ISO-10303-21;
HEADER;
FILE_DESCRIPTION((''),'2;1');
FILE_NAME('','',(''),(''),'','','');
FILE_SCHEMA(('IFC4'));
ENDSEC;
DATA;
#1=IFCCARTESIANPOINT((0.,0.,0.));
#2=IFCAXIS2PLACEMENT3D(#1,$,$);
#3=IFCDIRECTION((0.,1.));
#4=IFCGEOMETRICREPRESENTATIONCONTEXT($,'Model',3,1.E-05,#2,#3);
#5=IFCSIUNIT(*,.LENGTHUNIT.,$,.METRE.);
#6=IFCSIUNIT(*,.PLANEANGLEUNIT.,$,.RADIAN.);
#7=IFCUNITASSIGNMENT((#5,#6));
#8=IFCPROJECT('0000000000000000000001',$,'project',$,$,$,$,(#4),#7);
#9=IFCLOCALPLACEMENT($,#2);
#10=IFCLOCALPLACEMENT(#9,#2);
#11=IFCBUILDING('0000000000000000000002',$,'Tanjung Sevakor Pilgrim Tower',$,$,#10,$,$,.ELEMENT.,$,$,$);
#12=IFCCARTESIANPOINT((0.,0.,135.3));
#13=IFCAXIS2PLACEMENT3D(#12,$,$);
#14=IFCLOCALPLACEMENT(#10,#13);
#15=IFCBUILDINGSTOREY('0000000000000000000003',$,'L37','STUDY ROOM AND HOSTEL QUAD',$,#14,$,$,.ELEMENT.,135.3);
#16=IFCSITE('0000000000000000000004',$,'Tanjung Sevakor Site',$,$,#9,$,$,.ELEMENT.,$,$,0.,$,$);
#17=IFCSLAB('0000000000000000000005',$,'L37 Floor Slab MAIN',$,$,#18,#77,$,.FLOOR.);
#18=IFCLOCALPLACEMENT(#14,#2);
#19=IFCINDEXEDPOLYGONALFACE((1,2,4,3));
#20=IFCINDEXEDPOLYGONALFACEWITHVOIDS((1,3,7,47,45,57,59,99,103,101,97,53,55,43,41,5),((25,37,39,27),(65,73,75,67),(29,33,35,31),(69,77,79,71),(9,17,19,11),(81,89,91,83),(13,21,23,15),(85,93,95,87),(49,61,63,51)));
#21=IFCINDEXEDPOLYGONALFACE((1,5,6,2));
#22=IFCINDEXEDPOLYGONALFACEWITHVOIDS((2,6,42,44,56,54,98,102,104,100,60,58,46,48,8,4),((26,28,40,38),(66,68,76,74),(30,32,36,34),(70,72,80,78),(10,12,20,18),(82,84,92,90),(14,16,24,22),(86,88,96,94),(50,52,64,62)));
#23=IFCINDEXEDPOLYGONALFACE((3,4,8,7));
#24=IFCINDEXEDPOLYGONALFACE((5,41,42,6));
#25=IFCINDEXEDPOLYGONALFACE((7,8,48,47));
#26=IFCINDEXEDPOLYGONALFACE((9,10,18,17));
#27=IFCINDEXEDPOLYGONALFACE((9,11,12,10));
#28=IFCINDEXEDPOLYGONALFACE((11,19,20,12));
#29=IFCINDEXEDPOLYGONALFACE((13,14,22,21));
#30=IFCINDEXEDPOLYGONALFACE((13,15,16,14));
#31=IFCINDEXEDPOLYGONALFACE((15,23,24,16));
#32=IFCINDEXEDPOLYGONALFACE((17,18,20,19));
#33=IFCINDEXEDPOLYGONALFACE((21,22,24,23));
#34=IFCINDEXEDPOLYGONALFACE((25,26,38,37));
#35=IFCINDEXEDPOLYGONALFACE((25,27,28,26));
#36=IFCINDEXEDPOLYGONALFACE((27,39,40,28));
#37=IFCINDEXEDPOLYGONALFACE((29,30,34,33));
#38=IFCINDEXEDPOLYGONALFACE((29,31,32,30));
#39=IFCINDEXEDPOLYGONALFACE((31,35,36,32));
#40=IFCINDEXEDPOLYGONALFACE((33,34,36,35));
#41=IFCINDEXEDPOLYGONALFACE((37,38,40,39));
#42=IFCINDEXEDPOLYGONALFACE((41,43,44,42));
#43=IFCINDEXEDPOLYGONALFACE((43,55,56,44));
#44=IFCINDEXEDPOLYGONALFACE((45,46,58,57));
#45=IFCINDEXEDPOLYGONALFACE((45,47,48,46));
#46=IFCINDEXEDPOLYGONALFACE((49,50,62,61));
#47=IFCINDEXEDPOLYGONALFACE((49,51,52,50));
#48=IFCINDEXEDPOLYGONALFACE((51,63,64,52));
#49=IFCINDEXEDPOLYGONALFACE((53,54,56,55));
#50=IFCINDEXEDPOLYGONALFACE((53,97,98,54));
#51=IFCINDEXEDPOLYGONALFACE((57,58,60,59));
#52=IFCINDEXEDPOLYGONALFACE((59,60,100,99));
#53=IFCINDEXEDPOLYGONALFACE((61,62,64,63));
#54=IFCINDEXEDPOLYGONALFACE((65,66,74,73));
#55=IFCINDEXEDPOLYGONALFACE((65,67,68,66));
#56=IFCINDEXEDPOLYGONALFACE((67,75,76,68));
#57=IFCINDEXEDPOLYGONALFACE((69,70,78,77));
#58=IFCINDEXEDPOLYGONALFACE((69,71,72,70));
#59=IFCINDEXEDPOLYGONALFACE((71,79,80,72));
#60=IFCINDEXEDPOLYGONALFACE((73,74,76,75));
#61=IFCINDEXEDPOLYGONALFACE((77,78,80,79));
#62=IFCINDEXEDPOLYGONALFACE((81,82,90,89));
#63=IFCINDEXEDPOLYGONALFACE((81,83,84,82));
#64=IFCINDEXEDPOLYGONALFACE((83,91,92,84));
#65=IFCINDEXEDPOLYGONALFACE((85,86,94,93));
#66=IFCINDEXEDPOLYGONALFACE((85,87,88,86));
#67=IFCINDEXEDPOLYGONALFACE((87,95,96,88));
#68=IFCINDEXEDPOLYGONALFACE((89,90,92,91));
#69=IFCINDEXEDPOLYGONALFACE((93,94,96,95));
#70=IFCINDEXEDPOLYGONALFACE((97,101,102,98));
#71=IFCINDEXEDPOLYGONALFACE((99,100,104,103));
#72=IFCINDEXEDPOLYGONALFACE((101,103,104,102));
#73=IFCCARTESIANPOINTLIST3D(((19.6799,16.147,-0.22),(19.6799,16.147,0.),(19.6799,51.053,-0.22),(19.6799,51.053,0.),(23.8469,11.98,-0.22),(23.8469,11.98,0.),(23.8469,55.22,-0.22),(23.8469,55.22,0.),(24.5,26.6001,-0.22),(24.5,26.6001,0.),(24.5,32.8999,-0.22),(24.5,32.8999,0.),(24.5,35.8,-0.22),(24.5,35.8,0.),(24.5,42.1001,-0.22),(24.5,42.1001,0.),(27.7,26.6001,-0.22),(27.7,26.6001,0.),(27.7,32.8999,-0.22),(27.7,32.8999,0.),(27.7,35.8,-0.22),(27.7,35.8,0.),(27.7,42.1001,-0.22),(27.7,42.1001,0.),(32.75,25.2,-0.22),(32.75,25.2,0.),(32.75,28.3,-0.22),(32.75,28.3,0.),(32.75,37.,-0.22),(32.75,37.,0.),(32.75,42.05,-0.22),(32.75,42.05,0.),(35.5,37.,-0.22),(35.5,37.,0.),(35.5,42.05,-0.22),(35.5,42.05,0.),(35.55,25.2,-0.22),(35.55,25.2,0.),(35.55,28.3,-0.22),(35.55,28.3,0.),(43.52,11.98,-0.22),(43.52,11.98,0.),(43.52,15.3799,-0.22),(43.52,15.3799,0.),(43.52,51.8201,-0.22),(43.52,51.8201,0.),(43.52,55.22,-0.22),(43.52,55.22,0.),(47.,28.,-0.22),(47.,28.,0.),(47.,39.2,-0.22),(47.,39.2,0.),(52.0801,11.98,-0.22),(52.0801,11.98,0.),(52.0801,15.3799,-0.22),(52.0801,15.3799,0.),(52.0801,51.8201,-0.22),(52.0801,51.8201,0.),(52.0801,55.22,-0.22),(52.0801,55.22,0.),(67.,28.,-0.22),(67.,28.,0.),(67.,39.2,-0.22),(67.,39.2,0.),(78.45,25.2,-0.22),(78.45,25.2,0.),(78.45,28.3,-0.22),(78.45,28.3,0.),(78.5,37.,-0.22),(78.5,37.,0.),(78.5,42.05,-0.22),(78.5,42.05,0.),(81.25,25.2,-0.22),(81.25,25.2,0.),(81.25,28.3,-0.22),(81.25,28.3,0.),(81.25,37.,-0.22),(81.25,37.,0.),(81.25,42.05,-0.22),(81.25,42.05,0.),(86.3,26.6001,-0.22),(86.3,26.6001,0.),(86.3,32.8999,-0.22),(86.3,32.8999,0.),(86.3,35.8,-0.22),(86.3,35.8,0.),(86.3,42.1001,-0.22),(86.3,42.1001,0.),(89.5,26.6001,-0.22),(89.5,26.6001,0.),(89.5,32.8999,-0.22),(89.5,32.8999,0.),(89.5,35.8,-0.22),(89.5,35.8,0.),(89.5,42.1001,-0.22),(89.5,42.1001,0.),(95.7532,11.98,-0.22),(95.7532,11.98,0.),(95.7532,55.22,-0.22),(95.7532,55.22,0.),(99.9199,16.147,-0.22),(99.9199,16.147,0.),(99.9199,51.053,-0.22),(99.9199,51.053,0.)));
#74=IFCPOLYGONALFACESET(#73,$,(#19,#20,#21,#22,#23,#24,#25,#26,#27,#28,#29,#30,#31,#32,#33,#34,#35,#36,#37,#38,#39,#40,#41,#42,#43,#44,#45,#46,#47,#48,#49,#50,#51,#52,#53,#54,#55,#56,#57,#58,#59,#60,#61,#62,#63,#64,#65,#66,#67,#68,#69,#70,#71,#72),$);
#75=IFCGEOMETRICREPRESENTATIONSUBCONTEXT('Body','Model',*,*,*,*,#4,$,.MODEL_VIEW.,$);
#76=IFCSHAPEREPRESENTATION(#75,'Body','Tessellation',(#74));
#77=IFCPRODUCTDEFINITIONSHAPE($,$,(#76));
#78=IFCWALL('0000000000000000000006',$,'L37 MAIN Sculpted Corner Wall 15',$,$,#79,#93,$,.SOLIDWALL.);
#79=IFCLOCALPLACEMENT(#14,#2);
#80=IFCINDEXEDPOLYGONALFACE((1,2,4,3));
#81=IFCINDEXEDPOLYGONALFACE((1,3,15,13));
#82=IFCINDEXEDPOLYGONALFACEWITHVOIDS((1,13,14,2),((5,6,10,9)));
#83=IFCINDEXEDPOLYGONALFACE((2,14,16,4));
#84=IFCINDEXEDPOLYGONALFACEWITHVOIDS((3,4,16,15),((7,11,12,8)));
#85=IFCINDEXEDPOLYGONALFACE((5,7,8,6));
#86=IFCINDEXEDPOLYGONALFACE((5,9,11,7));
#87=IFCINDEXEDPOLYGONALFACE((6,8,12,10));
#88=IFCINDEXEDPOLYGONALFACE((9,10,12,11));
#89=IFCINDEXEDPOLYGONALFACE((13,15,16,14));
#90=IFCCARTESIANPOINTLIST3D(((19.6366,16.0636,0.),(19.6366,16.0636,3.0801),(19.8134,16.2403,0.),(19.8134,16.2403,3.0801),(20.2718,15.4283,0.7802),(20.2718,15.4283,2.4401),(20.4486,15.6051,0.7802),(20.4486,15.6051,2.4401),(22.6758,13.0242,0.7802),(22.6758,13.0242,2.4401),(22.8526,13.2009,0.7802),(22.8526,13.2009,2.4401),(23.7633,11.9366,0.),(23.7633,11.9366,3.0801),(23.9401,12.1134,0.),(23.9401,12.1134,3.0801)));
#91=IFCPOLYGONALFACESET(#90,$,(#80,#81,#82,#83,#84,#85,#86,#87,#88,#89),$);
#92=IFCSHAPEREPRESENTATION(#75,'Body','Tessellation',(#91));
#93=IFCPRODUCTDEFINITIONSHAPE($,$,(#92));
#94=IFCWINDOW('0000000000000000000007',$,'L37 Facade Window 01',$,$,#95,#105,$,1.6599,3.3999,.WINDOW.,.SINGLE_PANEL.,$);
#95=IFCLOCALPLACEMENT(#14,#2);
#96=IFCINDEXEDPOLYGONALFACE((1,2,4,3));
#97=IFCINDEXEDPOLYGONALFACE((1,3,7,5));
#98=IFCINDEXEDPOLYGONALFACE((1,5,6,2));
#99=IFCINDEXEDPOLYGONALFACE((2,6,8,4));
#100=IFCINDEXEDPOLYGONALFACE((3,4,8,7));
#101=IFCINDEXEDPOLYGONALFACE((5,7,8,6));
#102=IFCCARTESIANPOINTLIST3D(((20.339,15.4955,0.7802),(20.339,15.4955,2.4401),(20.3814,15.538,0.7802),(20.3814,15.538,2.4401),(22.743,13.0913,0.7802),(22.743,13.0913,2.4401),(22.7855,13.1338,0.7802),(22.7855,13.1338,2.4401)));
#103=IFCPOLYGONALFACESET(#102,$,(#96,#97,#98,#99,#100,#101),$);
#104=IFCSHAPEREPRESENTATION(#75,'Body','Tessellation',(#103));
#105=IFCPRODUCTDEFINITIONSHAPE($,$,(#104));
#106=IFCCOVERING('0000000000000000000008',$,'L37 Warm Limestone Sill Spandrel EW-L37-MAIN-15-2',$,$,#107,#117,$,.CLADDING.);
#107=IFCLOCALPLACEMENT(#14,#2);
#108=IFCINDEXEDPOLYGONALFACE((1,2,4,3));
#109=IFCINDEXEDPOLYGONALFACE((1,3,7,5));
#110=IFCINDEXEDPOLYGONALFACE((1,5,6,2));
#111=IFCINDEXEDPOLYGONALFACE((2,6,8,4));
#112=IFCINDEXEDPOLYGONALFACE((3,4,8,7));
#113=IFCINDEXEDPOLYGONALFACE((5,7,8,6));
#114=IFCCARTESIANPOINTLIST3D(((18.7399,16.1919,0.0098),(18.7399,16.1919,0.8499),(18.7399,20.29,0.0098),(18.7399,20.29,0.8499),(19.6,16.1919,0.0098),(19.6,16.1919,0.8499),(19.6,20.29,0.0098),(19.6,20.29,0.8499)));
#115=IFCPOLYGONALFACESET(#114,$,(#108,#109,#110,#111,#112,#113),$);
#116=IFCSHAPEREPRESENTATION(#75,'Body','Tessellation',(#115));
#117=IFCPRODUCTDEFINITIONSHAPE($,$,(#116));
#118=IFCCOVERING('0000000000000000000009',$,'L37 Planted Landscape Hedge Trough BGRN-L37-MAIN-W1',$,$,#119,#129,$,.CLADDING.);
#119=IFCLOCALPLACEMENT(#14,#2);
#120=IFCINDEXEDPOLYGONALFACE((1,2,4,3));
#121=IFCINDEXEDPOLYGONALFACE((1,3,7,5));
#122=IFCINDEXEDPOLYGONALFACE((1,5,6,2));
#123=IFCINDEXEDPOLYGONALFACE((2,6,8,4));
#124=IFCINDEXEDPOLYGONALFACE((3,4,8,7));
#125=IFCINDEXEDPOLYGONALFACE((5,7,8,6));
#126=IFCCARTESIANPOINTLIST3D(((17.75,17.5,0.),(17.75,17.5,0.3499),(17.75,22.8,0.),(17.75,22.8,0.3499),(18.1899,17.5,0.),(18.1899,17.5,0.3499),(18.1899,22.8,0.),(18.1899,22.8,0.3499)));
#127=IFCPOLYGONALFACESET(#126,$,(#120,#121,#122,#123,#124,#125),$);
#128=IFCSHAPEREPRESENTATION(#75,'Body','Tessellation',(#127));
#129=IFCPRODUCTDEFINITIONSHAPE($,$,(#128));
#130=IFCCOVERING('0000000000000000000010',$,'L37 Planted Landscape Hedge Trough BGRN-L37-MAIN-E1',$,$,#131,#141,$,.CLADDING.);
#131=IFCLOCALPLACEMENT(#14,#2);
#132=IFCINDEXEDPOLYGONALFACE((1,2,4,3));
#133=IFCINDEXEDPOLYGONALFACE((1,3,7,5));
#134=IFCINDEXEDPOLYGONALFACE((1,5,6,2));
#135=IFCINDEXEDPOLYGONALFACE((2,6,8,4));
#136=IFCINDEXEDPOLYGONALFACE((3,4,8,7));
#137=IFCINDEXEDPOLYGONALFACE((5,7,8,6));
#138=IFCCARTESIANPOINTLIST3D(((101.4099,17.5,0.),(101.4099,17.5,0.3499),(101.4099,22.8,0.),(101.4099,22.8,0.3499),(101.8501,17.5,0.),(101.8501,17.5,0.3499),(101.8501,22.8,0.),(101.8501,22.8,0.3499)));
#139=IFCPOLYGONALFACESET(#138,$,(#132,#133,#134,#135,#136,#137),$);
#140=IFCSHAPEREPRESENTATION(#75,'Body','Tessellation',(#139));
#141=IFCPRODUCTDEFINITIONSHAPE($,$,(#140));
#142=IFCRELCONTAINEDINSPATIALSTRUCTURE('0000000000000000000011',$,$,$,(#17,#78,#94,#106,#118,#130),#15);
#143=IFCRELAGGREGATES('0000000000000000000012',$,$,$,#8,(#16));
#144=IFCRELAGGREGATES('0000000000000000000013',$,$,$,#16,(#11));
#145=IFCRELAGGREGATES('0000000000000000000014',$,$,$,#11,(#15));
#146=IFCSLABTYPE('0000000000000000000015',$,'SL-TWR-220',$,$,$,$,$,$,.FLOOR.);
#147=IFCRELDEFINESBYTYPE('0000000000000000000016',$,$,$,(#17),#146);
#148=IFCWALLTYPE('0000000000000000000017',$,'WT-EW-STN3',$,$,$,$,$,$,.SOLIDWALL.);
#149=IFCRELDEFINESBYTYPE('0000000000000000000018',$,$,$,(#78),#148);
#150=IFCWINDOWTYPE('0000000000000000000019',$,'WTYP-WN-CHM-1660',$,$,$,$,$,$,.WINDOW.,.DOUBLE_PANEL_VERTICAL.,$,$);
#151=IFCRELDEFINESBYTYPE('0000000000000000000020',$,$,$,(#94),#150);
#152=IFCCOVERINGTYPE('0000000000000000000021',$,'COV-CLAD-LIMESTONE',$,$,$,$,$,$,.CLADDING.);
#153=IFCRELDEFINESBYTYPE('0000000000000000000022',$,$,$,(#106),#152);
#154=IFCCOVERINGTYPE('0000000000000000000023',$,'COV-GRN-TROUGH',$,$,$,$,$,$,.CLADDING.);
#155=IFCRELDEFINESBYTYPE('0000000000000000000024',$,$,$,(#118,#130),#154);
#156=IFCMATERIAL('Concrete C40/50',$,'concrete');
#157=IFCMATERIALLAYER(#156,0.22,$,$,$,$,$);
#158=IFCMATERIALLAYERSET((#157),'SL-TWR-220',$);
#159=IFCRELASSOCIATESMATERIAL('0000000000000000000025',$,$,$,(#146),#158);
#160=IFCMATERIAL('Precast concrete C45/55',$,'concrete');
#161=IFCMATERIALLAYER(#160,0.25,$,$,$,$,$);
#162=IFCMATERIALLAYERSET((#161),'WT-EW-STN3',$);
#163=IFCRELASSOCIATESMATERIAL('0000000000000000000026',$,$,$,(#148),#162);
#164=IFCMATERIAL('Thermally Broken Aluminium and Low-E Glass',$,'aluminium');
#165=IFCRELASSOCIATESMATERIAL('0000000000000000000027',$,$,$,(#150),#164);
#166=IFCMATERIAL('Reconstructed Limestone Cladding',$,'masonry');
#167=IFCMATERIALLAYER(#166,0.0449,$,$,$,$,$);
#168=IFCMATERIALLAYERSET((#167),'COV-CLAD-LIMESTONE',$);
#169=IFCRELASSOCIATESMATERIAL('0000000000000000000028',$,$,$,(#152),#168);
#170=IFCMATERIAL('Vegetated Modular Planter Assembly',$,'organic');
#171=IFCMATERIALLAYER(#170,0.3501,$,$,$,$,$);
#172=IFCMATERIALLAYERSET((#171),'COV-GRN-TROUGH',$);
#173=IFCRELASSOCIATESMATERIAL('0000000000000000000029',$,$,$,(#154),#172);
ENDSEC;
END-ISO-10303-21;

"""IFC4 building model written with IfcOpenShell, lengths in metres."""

from ifc_helpers import new_model, si_unit, direction, frame, frame_2d, origin, origin_2d, place, context, subcontext, project, spatial, polyline, rectangle, outline, extrude, material, layer, layer_set, type_object, element, fill, save


model = new_model("IFC4")

# Units and contexts
model_context = context("Model", 3, precision=1e-05, world=origin(), true_north=direction((0.0, 1.0)))
body_context = subcontext(model_context, "Body", "Model", "MODEL_VIEW")
ifc_project = project(units=[si_unit("LENGTHUNIT", "METRE"), si_unit("PLANEANGLEUNIT", "RADIAN")], contexts=[model_context])

# Site, building, storey
site_placement = place(None, origin())
site = spatial("IfcSite", under=ifc_project, at=site_placement, Name="Tanjung Sevakor Site", CompositionType="ELEMENT", RefElevation=0.0)
building_placement = place(site_placement, origin())
building = spatial("IfcBuilding", under=site, at=building_placement, Name="Tanjung Sevakor Pilgrim Tower", CompositionType="ELEMENT")
storey_placement = place(building_placement, frame((0.0, 0.0, 135.3)))
storey = spatial("IfcBuildingStorey", under=building, at=storey_placement, Name="L37", Description="STUDY ROOM AND HOSTEL QUAD", CompositionType="ELEMENT", Elevation=135.3)

# Slab
ifc_material_1 = material(Name="Concrete C40/50", Category="concrete")
ifc_layer_1 = layer(ifc_material_1, 0.22)
ifc_layer_set_1 = layer_set([ifc_layer_1], Name="SL-TWR-220")
slab_type_1 = type_object("IfcSlabType", Name="SL-TWR-220", PredefinedType="FLOOR", material=ifc_layer_set_1)
slab_1_placement = place(storey_placement, frame((0.0, 0.0, -0.22)))
element("IfcSlab", 1, at=slab_1_placement, inside=storey, type_object=slab_type_1, Name="L37 Floor Slab MAIN", PredefinedType="FLOOR", context=body_context, shape_type="SweptSolid", body=[
    extrude(outline(polyline([(23.8469, 11.98), (43.52, 11.98), (43.52, 15.3799), (52.0801, 15.3799), (52.0801, 11.98), (95.7532, 11.98), (99.9199, 16.147), (99.9199, 51.053), (95.7532, 55.22), (52.0801, 55.22), (52.0801, 51.8201), (43.52, 51.8201), (43.52, 55.22), (23.8469, 55.22), (19.6799, 51.053), (19.6799, 16.147), (23.8469, 11.98)]), holes=[polyline([(27.7, 26.6001), (27.7, 32.8999), (24.5, 32.8999), (24.5, 26.6001), (27.7, 26.6001)]), polyline([(27.7, 35.8), (27.7, 42.1001), (24.5, 42.1001), (24.5, 35.8), (27.7, 35.8)]), polyline([(89.5, 26.6001), (89.5, 32.8999), (86.3, 32.8999), (86.3, 26.6001), (89.5, 26.6001)]), polyline([(89.5, 35.8), (89.5, 42.1001), (86.3, 42.1001), (86.3, 35.8), (89.5, 35.8)]), polyline([(32.75, 25.2), (35.55, 25.2), (35.55, 28.3), (32.75, 28.3), (32.75, 25.2)]), polyline([(32.75, 37.0), (35.5, 37.0), (35.5, 42.05), (32.75, 42.05), (32.75, 37.0)]), polyline([(78.45, 25.2), (81.25, 25.2), (81.25, 28.3), (78.45, 28.3), (78.45, 25.2)]), polyline([(78.5, 37.0), (81.25, 37.0), (81.25, 42.05), (78.5, 42.05), (78.5, 37.0)]), polyline([(47.0, 28.0), (67.0, 28.0), (67.0, 39.2), (47.0, 39.2), (47.0, 28.0)])]), origin(), (0.0, 0.0, 1.0), 0.22),
])

# Wall, opening, window
ifc_material_2 = material(Name="Precast concrete C45/55", Category="concrete")
ifc_layer_2 = layer(ifc_material_2, 0.25)
ifc_layer_set_2 = layer_set([ifc_layer_2], Name="WT-EW-STN3")
wall_type = type_object("IfcWallType", Name="WT-EW-STN3", PredefinedType="SOLIDWALL", material=ifc_layer_set_2)
wall_placement = place(storey_placement, frame((19.7251, 16.1519, 0.0), z_axis=(0.0, 0.0, 1.0), x_axis=(0.707086, -0.707128, 0.0)))
wall = element("IfcWall", 2, at=wall_placement, inside=storey, type_object=wall_type, Name="L37 MAIN Sculpted Corner Wall 15", PredefinedType="SOLIDWALL", context=body_context, shape_type="SweptSolid", body=[
    extrude(rectangle(XDim=5.8362, YDim=0.25, at=frame_2d((2.918, 0.0))), origin(), (0.0, 0.0, 1.0), 3.0801),
])
opening_placement = place(wall_placement, frame((0.8982, 0.0, 0.78)))
opening = element("IfcOpeningElement", 3, at=opening_placement, cuts=wall, PredefinedType="OPENING", context=body_context, shape_type="SweptSolid", body=[
    extrude(rectangle(XDim=3.3999, YDim=1.6599, at=frame_2d((1.7, 0.8301))), frame((0.0, 0.135, 0.0), z_axis=(0.0, -1.0, 0.0), x_axis=(1.0, 0.0, 0.0)), (0.0, 0.0, 1.0), 0.27),
])
ifc_material_3 = material(Name="Thermally Broken Aluminium and Low-E Glass", Category="aluminium")
window_type = type_object("IfcWindowType", Name="WTYP-WN-CHM-1660", PartitioningType="DOUBLE_PANEL_VERTICAL", PredefinedType="WINDOW", material=ifc_material_3)
window_placement = place(opening_placement, origin())
window = element("IfcWindow", 4, at=window_placement, inside=storey, type_object=window_type, Name="L37 Facade Window 01", OverallHeight=1.6599, OverallWidth=3.3999, PartitioningType="SINGLE_PANEL", PredefinedType="WINDOW", context=body_context, shape_type="SweptSolid", body=[
    extrude(rectangle(XDim=3.3999, YDim=1.6599, at=frame_2d((1.7, 0.8301))), frame((0.0, 0.03, 0.0), z_axis=(0.0, -1.0, 0.0), x_axis=(1.0, 0.0, 0.0)), (0.0, 0.0, 1.0), 0.0601),
])
fill(opening, window)

# Coverings
ifc_material_4 = material(Name="Reconstructed Limestone Cladding", Category="masonry")
ifc_layer_3 = layer(ifc_material_4, 0.0449)
ifc_layer_set_3 = layer_set([ifc_layer_3], Name="COV-CLAD-LIMESTONE")
covering_type_1 = type_object("IfcCoveringType", Name="COV-CLAD-LIMESTONE", PredefinedType="CLADDING", material=ifc_layer_set_3)
covering_1_placement = place(storey_placement, frame((19.1699, 18.241, 0.0098), z_axis=(0.0, 0.0, 1.0), x_axis=(0.0, -1.0, 0.0)))
element("IfcCovering", 5, at=covering_1_placement, inside=storey, type_object=covering_type_1, Name="L37 Warm Limestone Sill Spandrel EW-L37-MAIN-15-2", PredefinedType="CLADDING", context=body_context, shape_type="SweptSolid", body=[
    extrude(rectangle(XDim=4.0981, YDim=0.8601, at=origin_2d()), origin(), (0.0, 0.0, 1.0), 0.8401),
])
ifc_material_5 = material(Name="Vegetated Modular Planter Assembly", Category="organic")
ifc_layer_4 = layer(ifc_material_5, 0.3501)
ifc_layer_set_4 = layer_set([ifc_layer_4], Name="COV-GRN-TROUGH")
covering_type_2 = type_object("IfcCoveringType", Name="COV-GRN-TROUGH", PredefinedType="CLADDING", material=ifc_layer_set_4)
covering_2_placement = place(storey_placement, origin())
element("IfcCovering", 6, at=covering_2_placement, inside=storey, type_object=covering_type_2, Name="L37 Planted Landscape Hedge Trough BGRN-L37-MAIN-W1", PredefinedType="CLADDING", context=body_context, shape_type="SweptSolid", body=[
    extrude(outline(polyline([(18.1899, 17.5), (18.1899, 22.8), (17.75, 22.8), (17.75, 17.5), (18.1899, 17.5)])), origin(), (0.0, 0.0, 1.0), 0.3499),
])
covering_3_placement = place(storey_placement, origin())
element("IfcCovering", 7, at=covering_3_placement, inside=storey, type_object=covering_type_2, Name="L37 Planted Landscape Hedge Trough BGRN-L37-MAIN-E1", PredefinedType="CLADDING", context=body_context, shape_type="SweptSolid", body=[
    extrude(outline(polyline([(101.8501, 17.5), (101.8501, 22.8), (101.4099, 22.8), (101.4099, 17.5), (101.8501, 17.5)])), origin(), (0.0, 0.0, 1.0), 0.3499),
])

save(model, "model.ifc")
